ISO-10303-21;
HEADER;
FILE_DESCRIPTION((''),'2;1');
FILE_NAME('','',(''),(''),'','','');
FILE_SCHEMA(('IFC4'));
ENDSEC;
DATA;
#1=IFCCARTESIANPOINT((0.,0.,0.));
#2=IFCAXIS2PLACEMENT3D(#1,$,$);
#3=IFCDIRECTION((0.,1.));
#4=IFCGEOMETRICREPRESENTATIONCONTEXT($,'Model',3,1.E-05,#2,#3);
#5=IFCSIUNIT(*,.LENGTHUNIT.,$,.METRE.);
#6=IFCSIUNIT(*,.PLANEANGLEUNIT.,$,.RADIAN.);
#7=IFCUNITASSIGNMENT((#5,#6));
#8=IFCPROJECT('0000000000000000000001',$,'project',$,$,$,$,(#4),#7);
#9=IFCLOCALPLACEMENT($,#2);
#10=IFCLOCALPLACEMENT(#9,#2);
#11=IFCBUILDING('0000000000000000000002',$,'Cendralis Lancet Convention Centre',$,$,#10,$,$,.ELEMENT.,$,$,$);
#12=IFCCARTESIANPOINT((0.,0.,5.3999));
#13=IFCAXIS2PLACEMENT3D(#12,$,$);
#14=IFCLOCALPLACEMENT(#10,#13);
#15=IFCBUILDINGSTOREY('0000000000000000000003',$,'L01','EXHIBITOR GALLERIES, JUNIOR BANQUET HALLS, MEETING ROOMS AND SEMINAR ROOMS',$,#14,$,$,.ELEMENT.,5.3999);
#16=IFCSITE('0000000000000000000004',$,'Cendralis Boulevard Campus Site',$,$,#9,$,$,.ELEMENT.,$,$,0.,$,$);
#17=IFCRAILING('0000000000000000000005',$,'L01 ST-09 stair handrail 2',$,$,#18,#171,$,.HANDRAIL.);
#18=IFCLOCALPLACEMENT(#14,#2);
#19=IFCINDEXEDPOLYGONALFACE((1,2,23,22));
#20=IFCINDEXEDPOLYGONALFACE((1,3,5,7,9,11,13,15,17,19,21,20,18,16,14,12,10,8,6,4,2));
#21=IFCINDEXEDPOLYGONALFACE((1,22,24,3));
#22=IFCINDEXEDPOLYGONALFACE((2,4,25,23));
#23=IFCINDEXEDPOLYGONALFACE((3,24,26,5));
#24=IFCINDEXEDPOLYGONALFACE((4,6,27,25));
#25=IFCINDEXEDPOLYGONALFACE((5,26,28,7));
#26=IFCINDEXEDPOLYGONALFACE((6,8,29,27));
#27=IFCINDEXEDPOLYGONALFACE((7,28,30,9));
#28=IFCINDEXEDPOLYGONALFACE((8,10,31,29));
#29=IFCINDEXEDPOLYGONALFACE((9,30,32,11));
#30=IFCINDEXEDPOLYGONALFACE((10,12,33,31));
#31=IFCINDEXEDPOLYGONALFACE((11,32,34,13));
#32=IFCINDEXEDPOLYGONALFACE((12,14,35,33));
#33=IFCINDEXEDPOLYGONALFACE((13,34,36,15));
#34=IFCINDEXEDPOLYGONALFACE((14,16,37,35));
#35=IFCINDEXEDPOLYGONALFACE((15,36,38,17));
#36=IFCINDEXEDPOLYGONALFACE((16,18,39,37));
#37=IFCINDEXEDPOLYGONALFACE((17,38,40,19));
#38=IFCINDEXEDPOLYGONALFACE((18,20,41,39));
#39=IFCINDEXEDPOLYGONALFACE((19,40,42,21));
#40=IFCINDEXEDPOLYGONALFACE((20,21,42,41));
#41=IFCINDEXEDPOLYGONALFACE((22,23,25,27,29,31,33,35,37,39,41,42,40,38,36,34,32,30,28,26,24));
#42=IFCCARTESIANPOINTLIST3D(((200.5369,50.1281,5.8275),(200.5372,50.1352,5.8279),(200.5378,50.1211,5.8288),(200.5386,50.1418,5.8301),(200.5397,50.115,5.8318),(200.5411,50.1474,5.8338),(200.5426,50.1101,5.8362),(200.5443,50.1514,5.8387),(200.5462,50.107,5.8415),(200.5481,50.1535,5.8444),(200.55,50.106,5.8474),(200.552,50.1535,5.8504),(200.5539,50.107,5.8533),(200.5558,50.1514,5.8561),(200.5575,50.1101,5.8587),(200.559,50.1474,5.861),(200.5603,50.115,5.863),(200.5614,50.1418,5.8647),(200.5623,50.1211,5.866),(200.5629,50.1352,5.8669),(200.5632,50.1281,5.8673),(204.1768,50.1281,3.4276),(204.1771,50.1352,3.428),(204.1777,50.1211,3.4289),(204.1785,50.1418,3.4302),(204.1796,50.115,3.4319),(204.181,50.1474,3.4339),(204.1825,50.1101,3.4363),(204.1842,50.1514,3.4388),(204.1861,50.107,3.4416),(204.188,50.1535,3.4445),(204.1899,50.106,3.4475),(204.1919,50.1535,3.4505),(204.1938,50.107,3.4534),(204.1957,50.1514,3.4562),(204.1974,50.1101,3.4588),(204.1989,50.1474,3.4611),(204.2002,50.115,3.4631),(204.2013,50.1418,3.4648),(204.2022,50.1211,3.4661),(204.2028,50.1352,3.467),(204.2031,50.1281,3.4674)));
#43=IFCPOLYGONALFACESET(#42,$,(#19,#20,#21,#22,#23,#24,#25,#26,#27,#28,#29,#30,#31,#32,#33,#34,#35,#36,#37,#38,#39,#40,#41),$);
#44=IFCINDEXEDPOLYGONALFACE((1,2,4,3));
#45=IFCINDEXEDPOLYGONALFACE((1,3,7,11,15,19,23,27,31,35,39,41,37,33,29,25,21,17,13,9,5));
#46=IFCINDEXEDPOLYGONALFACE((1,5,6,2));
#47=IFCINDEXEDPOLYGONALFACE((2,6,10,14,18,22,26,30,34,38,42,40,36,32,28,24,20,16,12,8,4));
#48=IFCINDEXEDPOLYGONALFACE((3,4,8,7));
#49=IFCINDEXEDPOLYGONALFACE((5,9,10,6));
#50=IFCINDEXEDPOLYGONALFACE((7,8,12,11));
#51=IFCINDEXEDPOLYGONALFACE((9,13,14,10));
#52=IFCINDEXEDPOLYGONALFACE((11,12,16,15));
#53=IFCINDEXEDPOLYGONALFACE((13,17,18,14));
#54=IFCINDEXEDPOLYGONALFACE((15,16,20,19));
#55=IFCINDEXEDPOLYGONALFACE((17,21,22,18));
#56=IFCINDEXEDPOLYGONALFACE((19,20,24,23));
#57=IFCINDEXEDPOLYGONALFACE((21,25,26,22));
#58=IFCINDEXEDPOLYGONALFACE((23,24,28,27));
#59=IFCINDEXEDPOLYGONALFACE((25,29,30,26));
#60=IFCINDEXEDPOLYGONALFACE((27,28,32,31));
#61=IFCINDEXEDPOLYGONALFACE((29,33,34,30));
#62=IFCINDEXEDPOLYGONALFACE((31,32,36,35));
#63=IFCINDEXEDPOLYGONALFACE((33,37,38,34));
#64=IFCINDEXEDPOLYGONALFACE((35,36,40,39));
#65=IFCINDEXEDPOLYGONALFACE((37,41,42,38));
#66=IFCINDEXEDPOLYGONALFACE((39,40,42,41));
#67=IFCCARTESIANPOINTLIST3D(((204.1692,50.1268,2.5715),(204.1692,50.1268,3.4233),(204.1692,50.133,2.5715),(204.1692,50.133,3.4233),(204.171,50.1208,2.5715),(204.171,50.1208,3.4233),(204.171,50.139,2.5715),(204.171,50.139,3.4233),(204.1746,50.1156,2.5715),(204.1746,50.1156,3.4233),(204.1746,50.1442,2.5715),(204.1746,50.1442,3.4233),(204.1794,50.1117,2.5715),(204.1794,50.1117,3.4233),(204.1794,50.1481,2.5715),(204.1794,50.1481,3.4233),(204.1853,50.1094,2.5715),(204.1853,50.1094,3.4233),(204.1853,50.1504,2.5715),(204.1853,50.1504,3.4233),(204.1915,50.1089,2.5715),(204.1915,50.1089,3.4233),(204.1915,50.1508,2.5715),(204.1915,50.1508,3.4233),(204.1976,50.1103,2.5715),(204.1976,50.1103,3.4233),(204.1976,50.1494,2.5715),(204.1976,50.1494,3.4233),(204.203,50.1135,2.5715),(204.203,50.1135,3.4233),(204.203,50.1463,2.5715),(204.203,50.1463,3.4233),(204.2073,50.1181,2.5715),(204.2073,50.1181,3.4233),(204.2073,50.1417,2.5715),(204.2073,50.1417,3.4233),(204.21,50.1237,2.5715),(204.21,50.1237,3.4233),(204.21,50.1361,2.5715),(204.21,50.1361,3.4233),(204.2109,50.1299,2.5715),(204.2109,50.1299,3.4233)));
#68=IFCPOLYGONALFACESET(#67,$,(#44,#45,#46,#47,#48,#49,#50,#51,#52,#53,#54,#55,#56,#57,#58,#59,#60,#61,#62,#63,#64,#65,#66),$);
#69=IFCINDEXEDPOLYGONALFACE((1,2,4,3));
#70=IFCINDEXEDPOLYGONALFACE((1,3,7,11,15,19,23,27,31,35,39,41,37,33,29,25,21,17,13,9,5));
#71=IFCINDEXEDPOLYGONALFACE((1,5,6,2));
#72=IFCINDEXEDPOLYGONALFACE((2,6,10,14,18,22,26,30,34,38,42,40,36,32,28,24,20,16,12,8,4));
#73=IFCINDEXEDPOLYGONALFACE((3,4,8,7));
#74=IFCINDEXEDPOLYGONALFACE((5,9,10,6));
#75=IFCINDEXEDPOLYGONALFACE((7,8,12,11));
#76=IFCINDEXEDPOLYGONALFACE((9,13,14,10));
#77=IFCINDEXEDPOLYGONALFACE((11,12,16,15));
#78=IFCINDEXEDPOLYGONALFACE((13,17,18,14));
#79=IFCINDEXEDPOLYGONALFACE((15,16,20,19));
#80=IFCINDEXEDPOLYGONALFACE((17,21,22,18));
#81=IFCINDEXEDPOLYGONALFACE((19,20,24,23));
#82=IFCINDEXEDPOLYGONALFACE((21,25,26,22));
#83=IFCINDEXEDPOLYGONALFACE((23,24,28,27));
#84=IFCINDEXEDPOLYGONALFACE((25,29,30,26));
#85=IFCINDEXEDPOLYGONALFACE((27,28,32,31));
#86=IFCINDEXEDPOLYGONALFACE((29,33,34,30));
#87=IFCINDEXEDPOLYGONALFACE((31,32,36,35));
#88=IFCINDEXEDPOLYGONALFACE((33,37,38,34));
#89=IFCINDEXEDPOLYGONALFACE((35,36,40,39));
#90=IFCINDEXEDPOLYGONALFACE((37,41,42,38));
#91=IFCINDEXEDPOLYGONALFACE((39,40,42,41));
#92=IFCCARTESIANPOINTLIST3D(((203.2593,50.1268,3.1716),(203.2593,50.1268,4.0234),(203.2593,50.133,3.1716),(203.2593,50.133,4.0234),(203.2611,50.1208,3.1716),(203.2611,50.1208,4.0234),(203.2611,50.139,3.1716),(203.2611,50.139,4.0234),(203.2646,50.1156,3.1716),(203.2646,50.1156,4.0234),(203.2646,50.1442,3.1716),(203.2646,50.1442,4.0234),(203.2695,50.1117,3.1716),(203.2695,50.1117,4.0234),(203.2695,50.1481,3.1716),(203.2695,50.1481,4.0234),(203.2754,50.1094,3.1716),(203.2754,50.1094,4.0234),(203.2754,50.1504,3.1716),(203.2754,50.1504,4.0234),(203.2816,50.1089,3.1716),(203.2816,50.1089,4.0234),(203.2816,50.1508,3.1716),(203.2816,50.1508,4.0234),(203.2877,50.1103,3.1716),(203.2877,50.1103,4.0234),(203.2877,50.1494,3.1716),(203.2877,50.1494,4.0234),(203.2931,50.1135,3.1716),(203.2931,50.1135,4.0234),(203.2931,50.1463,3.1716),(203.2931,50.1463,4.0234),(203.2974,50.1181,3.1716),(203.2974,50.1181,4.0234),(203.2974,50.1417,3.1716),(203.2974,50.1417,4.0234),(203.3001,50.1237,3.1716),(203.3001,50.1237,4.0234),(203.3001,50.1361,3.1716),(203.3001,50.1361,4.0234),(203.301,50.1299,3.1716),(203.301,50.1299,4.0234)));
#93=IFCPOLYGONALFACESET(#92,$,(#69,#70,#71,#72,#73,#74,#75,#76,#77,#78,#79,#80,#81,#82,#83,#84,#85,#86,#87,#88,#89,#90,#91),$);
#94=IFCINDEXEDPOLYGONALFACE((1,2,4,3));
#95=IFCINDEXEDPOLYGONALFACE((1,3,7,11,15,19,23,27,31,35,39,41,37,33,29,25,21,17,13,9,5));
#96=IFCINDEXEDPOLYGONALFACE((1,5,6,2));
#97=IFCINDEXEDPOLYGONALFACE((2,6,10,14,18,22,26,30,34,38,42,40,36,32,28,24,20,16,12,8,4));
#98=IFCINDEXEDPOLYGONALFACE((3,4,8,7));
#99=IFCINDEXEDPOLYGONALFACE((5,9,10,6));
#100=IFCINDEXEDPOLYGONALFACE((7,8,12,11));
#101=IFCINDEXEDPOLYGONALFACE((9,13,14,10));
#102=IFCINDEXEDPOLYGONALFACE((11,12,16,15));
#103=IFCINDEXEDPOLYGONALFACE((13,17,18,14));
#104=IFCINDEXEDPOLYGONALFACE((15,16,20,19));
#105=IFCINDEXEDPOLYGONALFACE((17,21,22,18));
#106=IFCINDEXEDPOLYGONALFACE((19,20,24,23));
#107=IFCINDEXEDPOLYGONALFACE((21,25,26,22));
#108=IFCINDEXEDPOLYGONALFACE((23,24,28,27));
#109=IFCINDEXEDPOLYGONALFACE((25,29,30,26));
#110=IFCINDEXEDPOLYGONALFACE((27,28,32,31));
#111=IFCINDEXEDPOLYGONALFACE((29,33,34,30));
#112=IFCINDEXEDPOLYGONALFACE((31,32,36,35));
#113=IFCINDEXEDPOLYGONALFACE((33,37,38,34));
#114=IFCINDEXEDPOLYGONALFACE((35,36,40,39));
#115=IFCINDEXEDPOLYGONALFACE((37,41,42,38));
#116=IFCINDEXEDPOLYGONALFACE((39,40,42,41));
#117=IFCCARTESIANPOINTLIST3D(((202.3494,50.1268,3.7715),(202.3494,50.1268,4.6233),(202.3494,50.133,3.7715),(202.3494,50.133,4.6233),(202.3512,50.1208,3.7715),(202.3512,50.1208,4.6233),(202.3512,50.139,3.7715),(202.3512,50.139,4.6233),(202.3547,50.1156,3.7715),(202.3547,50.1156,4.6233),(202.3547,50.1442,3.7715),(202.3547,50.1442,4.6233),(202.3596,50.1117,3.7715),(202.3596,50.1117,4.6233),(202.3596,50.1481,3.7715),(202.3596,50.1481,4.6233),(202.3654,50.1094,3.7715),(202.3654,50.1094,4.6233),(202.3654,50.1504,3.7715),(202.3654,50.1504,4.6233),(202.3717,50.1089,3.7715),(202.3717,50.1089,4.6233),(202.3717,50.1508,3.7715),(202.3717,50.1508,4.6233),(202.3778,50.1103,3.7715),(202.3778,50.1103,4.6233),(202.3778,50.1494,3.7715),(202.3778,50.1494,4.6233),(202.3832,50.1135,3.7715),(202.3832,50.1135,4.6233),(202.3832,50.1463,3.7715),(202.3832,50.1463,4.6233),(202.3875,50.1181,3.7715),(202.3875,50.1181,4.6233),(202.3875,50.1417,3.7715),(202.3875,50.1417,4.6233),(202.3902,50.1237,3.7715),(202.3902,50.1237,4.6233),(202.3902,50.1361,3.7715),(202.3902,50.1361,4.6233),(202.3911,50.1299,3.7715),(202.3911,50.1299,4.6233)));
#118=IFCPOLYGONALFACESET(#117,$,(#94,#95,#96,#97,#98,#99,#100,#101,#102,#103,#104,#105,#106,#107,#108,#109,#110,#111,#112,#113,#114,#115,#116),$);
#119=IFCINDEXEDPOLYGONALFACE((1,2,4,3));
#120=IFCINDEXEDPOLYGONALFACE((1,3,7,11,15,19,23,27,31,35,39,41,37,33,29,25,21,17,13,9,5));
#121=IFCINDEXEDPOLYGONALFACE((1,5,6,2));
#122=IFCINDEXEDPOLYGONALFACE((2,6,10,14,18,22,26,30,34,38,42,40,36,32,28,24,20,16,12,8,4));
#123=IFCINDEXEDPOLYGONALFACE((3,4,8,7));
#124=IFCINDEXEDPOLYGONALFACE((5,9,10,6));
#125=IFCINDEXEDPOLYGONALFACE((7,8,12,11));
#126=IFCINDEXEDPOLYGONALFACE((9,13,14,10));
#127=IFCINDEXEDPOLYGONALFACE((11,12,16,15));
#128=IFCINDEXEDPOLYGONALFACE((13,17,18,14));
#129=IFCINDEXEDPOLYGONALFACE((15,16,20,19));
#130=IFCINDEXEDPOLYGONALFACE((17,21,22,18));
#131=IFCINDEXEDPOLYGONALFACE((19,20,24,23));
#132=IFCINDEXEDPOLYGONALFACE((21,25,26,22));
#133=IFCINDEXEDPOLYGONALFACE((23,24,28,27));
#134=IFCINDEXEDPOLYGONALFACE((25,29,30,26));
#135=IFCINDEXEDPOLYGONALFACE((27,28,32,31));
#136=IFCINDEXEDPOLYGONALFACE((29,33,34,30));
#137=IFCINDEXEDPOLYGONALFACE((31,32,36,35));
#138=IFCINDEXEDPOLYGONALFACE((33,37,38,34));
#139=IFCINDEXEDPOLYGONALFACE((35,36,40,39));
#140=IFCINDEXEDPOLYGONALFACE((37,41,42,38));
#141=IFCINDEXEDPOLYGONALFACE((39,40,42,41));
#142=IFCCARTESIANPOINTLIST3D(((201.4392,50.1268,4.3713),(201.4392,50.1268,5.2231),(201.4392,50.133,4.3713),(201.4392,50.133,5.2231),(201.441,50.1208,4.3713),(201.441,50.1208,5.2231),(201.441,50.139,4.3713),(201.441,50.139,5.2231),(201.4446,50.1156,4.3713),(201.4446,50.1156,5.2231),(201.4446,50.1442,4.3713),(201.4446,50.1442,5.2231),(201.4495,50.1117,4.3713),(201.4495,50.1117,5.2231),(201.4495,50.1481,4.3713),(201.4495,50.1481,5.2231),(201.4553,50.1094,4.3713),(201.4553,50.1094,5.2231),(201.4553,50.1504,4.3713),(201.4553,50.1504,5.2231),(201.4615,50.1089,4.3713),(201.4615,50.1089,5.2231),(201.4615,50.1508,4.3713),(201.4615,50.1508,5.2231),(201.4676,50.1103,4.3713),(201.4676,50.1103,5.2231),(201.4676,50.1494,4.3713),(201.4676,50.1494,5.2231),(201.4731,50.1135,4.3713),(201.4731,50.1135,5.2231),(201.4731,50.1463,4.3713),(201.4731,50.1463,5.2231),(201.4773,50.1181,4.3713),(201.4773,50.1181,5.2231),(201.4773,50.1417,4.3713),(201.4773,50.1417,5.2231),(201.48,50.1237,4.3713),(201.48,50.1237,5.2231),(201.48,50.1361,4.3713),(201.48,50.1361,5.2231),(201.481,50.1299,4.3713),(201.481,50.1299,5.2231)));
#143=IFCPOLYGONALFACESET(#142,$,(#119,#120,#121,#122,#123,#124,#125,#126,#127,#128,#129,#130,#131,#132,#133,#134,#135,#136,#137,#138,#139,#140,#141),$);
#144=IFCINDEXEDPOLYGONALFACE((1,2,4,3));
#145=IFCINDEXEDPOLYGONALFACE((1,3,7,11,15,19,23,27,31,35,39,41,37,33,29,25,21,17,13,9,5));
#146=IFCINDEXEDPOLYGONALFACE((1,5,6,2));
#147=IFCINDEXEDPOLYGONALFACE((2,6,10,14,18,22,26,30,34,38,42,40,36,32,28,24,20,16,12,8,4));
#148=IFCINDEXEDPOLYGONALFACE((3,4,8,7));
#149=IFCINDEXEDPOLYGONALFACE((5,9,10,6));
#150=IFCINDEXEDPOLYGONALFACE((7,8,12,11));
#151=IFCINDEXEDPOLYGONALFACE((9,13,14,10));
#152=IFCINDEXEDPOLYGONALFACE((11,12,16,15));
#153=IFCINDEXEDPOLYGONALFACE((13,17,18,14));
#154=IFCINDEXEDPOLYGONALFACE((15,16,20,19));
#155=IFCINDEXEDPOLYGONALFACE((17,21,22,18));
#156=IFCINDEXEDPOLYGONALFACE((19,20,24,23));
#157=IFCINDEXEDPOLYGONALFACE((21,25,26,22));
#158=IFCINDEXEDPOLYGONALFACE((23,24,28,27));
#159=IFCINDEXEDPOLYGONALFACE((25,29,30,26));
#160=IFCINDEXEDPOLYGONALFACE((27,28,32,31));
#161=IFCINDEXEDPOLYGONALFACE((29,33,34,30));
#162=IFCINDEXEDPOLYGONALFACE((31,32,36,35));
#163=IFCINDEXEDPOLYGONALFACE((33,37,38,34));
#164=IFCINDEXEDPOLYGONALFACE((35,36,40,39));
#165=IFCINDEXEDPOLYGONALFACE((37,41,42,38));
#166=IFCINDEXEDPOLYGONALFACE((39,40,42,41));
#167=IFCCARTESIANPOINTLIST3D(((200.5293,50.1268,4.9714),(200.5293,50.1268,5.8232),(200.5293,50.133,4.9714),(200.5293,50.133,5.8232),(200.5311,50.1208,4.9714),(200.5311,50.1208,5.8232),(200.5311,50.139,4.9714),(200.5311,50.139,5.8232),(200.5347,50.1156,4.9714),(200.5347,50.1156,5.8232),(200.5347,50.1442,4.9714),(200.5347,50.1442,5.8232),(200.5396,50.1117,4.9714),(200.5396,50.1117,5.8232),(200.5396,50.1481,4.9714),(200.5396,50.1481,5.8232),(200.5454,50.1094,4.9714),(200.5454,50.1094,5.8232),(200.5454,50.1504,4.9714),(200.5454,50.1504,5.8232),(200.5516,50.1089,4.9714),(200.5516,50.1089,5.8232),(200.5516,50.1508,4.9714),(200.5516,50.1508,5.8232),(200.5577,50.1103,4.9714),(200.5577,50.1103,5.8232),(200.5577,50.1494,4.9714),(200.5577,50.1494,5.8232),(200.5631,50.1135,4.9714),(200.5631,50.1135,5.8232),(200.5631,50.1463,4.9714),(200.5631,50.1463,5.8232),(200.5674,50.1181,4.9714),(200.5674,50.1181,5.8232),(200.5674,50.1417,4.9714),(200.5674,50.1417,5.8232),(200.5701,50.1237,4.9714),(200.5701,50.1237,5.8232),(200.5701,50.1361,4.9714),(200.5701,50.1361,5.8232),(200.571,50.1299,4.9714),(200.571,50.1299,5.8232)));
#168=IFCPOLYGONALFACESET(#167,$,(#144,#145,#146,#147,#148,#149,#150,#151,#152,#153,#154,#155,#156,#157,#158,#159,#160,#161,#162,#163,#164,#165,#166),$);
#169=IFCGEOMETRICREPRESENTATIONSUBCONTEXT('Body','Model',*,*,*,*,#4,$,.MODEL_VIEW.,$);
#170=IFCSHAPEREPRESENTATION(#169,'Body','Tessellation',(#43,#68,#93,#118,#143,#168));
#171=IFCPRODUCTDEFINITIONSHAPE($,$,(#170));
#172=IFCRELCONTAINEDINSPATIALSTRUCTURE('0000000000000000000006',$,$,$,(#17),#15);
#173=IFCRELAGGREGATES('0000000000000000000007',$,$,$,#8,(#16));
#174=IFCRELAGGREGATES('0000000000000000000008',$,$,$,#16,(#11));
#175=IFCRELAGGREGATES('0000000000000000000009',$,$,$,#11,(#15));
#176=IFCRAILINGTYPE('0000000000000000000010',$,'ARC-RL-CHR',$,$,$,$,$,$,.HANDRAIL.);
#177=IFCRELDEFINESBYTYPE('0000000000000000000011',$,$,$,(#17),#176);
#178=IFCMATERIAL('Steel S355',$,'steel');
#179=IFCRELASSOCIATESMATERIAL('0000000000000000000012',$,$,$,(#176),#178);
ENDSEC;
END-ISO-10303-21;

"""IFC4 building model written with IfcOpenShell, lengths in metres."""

from ifc_helpers import new_model, si_unit, direction, frame, origin, origin_2d, place, context, subcontext, project, spatial, circle, extrude, material, type_object, element, save


model = new_model("IFC4")

# Units and contexts
model_context = context("Model", 3, precision=1e-05, world=origin(), true_north=direction((0.0, 1.0)))
body_context = subcontext(model_context, "Body", "Model", "MODEL_VIEW")
ifc_project = project(units=[si_unit("LENGTHUNIT", "METRE"), si_unit("PLANEANGLEUNIT", "RADIAN")], contexts=[model_context])

# Site, building, storey
site_placement = place(None, origin())
site = spatial("IfcSite", under=ifc_project, at=site_placement, Name="Cendralis Boulevard Campus Site", CompositionType="ELEMENT", RefElevation=0.0)
building_placement = place(site_placement, origin())
building = spatial("IfcBuilding", under=site, at=building_placement, Name="Cendralis Lancet Convention Centre", CompositionType="ELEMENT")
storey_placement = place(building_placement, frame((0.0, 0.0, 5.3999)))
storey = spatial("IfcBuildingStorey", under=building, at=storey_placement, Name="L01", Description="EXHIBITOR GALLERIES, JUNIOR BANQUET HALLS, MEETING ROOMS AND SEMINAR ROOMS", CompositionType="ELEMENT", Elevation=5.3999)

# Railing
ifc_material_1 = material(Name="Steel S355", Category="steel")
railing_type_1 = type_object("IfcRailingType", Name="ARC-RL-CHR", PredefinedType="HANDRAIL", material=ifc_material_1)
railing_1_placement = place(storey_placement, frame((204.1899, 50.1299, 2.5715)))
element("IfcRailing", 1, at=railing_1_placement, inside=storey, type_object=railing_type_1, Name="L01 ST-09 stair handrail 2", PredefinedType="HANDRAIL", context=body_context, shape_type="SweptSolid", body=[
    extrude(circle(Radius=0.0239, at=origin_2d()), frame((0.0, 0.0, 0.876), z_axis=(-0.834865, 0.0, 0.550454), x_axis=(0.0, -1.0, 0.0)), (0.0, 0.0, 1.0), 4.3599),
    extrude(circle(Radius=0.021, at=origin_2d()), origin(), (0.0, 0.0, 1.0), 0.8518),
    extrude(circle(Radius=0.021, at=origin_2d()), frame((-0.9099, 0.0, 0.6001)), (0.0, 0.0, 1.0), 0.8518),
    extrude(circle(Radius=0.021, at=origin_2d()), frame((-1.8198, 0.0, 1.2)), (0.0, 0.0, 1.0), 0.8518),
    extrude(circle(Radius=0.021, at=origin_2d()), frame((-2.73, 0.0, 1.7998)), (0.0, 0.0, 1.0), 0.8518),
    extrude(circle(Radius=0.021, at=origin_2d()), frame((-3.6399, 0.0, 2.3999)), (0.0, 0.0, 1.0), 0.8518),
])

save(model, "model.ifc")
